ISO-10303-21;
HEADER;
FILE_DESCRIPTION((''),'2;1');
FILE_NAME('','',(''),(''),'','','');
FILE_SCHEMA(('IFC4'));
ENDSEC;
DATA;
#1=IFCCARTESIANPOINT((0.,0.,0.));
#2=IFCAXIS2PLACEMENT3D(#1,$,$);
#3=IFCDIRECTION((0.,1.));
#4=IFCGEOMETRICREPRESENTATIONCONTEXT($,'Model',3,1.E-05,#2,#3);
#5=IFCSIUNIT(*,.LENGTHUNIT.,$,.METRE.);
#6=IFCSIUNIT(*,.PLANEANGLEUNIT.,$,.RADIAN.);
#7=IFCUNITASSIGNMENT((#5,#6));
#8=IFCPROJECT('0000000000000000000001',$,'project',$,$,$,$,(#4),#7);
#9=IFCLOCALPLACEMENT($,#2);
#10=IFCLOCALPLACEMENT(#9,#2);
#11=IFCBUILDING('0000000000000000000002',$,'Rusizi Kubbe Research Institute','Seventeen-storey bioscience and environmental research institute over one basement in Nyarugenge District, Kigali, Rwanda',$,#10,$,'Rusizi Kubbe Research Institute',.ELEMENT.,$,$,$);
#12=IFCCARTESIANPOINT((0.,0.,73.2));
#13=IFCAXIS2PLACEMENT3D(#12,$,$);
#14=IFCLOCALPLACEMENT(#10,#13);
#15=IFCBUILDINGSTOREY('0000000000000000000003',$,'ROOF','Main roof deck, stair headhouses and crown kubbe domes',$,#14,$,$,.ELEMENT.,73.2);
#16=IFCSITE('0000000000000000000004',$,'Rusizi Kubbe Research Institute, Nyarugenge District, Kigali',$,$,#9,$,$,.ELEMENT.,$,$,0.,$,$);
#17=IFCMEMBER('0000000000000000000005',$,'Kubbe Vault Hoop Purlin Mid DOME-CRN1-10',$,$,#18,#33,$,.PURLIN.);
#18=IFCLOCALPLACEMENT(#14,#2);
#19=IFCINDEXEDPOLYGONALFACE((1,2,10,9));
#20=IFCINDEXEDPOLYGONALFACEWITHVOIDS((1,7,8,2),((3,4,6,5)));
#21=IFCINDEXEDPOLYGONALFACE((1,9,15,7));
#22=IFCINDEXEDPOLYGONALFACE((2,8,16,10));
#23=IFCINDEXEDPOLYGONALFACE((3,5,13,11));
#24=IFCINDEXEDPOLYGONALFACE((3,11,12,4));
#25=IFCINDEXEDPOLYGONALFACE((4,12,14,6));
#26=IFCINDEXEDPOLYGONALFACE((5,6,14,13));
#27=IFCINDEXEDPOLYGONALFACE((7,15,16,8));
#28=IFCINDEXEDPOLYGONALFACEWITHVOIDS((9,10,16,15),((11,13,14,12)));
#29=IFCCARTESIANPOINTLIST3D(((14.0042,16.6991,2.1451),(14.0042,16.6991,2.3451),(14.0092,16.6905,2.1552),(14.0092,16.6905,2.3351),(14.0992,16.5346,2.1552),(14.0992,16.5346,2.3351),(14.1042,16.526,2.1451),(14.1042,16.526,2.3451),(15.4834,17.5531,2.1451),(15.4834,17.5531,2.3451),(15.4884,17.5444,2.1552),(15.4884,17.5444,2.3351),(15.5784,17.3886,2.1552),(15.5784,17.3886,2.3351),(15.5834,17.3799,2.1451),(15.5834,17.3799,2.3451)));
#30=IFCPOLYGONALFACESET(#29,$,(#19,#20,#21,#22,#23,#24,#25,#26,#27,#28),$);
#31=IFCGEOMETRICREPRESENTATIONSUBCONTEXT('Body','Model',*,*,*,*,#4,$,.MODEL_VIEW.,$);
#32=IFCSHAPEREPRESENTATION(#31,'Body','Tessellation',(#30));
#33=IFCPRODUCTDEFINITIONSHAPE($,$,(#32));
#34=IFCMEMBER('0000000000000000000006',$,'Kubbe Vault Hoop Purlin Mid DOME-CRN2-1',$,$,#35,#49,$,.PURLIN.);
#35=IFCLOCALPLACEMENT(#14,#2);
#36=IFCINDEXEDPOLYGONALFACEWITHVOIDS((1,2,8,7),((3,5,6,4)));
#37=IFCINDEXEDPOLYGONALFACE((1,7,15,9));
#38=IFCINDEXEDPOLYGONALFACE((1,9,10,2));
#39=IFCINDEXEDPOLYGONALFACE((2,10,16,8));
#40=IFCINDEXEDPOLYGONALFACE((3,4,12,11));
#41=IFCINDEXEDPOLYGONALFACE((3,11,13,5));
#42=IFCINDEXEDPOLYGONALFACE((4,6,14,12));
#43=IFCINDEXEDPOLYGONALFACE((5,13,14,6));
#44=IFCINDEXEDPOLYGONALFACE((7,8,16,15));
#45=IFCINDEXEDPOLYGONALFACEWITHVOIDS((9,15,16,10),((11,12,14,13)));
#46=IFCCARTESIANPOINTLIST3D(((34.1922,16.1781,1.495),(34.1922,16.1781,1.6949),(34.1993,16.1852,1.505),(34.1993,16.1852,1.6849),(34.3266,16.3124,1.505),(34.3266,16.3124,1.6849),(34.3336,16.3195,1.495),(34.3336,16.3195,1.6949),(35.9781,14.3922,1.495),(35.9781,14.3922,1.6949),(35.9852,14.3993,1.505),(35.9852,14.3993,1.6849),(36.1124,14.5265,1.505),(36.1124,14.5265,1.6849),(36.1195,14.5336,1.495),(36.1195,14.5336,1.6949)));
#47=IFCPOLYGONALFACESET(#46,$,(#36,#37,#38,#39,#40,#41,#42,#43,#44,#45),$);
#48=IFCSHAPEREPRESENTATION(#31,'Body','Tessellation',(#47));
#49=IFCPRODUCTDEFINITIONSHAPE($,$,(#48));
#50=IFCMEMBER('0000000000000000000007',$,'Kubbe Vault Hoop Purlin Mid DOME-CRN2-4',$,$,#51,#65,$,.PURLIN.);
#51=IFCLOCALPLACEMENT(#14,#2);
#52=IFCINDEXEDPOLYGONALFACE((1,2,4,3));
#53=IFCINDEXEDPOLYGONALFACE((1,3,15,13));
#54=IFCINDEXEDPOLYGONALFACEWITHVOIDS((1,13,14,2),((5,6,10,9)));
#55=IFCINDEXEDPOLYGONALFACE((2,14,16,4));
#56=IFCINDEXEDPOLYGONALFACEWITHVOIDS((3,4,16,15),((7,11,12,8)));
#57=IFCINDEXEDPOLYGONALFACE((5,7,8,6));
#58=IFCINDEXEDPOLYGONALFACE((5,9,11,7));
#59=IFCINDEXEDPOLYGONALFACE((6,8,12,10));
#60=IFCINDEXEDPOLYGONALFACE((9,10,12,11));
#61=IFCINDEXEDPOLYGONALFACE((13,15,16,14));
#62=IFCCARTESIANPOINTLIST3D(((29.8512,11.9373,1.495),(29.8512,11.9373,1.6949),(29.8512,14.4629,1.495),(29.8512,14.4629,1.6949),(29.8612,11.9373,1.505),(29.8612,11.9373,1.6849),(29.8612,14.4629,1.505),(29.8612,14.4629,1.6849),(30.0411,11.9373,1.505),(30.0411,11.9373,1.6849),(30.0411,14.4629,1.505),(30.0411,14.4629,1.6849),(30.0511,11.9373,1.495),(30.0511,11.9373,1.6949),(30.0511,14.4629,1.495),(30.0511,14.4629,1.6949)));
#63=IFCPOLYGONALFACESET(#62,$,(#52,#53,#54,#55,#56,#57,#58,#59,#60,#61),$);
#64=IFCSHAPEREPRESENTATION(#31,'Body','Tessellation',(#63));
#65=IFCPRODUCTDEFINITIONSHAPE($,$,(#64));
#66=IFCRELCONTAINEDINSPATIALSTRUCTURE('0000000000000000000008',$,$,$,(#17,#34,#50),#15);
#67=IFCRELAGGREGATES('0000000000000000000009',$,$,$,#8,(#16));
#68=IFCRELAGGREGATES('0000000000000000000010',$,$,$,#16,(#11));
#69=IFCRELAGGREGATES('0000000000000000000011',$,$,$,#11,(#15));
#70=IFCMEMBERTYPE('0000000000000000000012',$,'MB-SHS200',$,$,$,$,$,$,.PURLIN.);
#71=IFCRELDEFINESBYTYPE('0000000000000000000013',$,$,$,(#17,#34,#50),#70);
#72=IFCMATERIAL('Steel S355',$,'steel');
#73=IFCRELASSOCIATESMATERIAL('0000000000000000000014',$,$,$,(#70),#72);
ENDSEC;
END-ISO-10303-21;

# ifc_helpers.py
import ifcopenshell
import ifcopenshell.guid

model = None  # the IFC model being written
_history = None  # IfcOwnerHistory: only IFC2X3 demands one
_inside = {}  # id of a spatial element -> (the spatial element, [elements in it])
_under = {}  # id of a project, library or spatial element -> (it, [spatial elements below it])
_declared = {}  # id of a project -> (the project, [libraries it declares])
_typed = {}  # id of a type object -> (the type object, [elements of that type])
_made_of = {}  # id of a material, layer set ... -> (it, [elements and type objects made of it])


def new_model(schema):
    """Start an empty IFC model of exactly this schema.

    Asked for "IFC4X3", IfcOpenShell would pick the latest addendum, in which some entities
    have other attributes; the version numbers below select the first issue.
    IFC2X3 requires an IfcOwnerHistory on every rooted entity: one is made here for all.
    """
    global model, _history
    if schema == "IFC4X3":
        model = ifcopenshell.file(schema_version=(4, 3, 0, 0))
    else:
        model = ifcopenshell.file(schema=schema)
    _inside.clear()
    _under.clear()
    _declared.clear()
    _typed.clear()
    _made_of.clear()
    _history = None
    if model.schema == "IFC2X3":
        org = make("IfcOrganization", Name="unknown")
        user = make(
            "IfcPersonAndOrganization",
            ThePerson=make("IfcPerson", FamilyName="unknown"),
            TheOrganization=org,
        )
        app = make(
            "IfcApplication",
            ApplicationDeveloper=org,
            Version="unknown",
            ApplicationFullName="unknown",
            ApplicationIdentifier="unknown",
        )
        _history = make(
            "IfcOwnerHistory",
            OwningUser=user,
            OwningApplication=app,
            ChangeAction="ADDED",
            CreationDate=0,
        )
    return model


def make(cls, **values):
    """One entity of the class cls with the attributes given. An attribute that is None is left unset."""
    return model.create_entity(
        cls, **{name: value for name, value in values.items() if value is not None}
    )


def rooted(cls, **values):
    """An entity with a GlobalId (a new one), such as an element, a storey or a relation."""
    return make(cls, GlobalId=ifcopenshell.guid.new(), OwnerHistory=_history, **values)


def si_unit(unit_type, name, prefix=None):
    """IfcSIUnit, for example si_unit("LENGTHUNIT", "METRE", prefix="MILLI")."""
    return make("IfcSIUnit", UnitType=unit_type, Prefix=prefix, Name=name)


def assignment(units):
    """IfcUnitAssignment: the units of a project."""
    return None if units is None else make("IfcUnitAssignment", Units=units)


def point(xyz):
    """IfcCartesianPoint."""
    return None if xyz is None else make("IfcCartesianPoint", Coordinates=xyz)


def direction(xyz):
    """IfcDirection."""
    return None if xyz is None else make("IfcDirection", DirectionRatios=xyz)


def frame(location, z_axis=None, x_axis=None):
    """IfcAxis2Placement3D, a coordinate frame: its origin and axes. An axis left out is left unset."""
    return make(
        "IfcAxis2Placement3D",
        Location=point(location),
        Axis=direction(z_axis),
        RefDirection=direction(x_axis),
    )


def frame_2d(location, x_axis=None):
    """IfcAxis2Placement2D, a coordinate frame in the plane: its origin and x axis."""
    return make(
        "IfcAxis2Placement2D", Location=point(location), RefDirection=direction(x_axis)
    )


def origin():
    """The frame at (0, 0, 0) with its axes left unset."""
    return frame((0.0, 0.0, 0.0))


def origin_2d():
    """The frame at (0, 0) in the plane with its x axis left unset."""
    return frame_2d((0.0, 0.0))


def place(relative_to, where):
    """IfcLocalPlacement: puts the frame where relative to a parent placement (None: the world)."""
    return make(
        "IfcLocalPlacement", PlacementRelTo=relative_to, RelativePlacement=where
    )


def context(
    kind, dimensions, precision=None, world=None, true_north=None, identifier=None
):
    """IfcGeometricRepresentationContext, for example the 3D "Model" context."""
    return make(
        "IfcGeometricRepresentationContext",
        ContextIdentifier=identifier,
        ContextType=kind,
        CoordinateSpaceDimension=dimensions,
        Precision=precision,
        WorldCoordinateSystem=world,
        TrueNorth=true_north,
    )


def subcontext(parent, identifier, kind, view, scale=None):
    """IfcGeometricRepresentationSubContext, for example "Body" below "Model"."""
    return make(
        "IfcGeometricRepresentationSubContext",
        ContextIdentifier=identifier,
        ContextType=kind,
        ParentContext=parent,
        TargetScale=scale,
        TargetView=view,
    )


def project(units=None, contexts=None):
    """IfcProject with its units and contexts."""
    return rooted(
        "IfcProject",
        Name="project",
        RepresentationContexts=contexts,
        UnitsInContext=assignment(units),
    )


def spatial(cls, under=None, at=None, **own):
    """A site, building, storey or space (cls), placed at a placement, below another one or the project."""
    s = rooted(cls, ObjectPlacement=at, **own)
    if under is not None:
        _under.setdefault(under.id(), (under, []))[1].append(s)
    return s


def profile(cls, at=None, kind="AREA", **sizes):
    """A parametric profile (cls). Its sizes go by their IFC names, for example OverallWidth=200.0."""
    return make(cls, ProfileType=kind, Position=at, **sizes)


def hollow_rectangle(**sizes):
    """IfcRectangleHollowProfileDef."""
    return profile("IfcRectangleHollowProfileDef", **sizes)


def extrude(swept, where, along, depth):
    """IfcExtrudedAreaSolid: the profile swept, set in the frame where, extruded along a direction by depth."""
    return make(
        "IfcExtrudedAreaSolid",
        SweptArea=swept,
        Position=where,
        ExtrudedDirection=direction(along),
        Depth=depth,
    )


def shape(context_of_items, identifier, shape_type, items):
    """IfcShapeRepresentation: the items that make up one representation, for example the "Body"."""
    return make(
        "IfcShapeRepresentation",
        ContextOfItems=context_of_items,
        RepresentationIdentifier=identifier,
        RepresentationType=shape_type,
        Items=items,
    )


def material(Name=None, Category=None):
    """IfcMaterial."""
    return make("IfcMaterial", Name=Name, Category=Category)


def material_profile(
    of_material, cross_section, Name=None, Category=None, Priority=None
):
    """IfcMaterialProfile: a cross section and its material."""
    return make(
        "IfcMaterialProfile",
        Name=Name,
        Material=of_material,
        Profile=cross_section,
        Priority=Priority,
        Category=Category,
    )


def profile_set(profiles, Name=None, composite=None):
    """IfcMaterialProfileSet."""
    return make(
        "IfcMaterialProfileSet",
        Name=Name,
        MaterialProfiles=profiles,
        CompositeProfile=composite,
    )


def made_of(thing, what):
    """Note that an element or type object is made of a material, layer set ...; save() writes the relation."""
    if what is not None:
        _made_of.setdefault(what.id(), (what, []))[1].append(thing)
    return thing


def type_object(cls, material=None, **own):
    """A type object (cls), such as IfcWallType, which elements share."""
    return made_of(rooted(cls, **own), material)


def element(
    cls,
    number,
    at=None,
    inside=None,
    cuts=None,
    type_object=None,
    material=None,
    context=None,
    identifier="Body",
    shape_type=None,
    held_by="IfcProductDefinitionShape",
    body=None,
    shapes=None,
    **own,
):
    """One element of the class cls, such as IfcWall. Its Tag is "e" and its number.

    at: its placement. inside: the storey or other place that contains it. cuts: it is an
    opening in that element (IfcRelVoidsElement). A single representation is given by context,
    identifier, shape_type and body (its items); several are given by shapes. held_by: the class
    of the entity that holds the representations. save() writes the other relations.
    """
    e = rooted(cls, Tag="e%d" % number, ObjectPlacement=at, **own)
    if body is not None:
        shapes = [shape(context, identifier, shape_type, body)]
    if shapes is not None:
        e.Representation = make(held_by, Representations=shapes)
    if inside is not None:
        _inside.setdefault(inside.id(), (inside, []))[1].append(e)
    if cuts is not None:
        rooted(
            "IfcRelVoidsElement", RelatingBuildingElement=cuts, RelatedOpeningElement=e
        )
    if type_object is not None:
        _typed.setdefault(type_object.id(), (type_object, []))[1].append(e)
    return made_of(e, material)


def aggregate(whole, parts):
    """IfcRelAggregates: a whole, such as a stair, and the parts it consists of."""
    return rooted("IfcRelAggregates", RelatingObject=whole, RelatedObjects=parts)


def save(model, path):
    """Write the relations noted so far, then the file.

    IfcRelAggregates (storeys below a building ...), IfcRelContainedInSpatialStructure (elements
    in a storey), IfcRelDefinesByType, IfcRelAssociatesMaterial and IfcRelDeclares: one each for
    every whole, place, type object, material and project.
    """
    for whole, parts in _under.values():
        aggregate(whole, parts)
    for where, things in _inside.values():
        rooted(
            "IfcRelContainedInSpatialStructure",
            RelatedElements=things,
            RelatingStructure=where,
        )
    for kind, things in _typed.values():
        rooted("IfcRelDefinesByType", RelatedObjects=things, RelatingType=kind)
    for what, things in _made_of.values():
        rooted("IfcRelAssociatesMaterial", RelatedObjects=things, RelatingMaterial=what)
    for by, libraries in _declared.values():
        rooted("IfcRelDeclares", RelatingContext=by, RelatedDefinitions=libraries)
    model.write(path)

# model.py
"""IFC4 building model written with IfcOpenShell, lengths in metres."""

from ifc_helpers import new_model, si_unit, direction, frame, origin, origin_2d, place, context, subcontext, project, spatial, hollow_rectangle, extrude, material, material_profile, profile_set, type_object, element, save


model = new_model("IFC4")

# Units and contexts
model_context = context("Model", 3, precision=1e-05, world=origin(), true_north=direction((0.0, 1.0)))
body_context = subcontext(model_context, "Body", "Model", "MODEL_VIEW")
ifc_project = project(units=[si_unit("LENGTHUNIT", "METRE"), si_unit("PLANEANGLEUNIT", "RADIAN")], contexts=[model_context])

# Site, building, storey
site_placement = place(None, origin())
site = spatial("IfcSite", under=ifc_project, at=site_placement, Name="Rusizi Kubbe Research Institute, Nyarugenge District, Kigali", CompositionType="ELEMENT", RefElevation=0.0)
building_placement = place(site_placement, origin())
building = spatial("IfcBuilding", under=site, at=building_placement, Name="Rusizi Kubbe Research Institute", Description="Seventeen-storey bioscience and environmental research institute over one basement in Nyarugenge District, Kigali, Rwanda", LongName="Rusizi Kubbe Research Institute", CompositionType="ELEMENT")
storey_placement = place(building_placement, frame((0.0, 0.0, 73.2)))
storey = spatial("IfcBuildingStorey", under=building, at=storey_placement, Name="ROOF", Description="Main roof deck, stair headhouses and crown kubbe domes", CompositionType="ELEMENT", Elevation=73.2)

# Members
ifc_material_1 = material(Name="Steel S355", Category="steel")
ifc_material_profile_1 = material_profile(ifc_material_1, hollow_rectangle(XDim=0.2, YDim=0.2, WallThickness=0.01, at=origin_2d()), Name="SHS 200x200x10.0")
ifc_profile_set_1 = profile_set([ifc_material_profile_1], Name="Steel S355")
member_type_1 = type_object("IfcMemberType", Name="MB-SHS200", PredefinedType="PURLIN", material=ifc_profile_set_1)
member_1_placement = place(storey_placement, frame((14.0542, 16.6125, 2.2451), z_axis=(0.866036, 0.499982, 0.0), x_axis=(-0.499982, 0.866036, 0.0)))
element("IfcMember", 1, at=member_1_placement, inside=storey, type_object=member_type_1, Name="Kubbe Vault Hoop Purlin Mid DOME-CRN1-10", PredefinedType="PURLIN", context=body_context, shape_type="SweptSolid", body=[
    extrude(hollow_rectangle(XDim=0.2, YDim=0.2, WallThickness=0.01, at=origin_2d()), origin(), (0.0, 0.0, 1.0), 1.708),
])
for number, where, z_axis, x_axis, name in (
    (2, (36.0488, 14.4629, 1.595), (-0.707107, 0.707107, 0.0), (-0.707107, -0.707107, 0.0), "Kubbe Vault Hoop Purlin Mid DOME-CRN2-1"),
    (3, (29.9512, 14.4629, 1.595), (0.0, -1.0, 0.0), (1.0, 0.0, 0.0), "Kubbe Vault Hoop Purlin Mid DOME-CRN2-4"),
):
    element("IfcMember", number, at=place(storey_placement, frame(where, z_axis=z_axis, x_axis=x_axis)), inside=storey, type_object=member_type_1, Name=name, PredefinedType="PURLIN", context=body_context, shape_type="SweptSolid", body=[
        extrude(hollow_rectangle(XDim=0.2, YDim=0.2, WallThickness=0.01, at=origin_2d()), origin(), (0.0, 0.0, 1.0), 2.5256),
    ])

save(model, "model.ifc")
